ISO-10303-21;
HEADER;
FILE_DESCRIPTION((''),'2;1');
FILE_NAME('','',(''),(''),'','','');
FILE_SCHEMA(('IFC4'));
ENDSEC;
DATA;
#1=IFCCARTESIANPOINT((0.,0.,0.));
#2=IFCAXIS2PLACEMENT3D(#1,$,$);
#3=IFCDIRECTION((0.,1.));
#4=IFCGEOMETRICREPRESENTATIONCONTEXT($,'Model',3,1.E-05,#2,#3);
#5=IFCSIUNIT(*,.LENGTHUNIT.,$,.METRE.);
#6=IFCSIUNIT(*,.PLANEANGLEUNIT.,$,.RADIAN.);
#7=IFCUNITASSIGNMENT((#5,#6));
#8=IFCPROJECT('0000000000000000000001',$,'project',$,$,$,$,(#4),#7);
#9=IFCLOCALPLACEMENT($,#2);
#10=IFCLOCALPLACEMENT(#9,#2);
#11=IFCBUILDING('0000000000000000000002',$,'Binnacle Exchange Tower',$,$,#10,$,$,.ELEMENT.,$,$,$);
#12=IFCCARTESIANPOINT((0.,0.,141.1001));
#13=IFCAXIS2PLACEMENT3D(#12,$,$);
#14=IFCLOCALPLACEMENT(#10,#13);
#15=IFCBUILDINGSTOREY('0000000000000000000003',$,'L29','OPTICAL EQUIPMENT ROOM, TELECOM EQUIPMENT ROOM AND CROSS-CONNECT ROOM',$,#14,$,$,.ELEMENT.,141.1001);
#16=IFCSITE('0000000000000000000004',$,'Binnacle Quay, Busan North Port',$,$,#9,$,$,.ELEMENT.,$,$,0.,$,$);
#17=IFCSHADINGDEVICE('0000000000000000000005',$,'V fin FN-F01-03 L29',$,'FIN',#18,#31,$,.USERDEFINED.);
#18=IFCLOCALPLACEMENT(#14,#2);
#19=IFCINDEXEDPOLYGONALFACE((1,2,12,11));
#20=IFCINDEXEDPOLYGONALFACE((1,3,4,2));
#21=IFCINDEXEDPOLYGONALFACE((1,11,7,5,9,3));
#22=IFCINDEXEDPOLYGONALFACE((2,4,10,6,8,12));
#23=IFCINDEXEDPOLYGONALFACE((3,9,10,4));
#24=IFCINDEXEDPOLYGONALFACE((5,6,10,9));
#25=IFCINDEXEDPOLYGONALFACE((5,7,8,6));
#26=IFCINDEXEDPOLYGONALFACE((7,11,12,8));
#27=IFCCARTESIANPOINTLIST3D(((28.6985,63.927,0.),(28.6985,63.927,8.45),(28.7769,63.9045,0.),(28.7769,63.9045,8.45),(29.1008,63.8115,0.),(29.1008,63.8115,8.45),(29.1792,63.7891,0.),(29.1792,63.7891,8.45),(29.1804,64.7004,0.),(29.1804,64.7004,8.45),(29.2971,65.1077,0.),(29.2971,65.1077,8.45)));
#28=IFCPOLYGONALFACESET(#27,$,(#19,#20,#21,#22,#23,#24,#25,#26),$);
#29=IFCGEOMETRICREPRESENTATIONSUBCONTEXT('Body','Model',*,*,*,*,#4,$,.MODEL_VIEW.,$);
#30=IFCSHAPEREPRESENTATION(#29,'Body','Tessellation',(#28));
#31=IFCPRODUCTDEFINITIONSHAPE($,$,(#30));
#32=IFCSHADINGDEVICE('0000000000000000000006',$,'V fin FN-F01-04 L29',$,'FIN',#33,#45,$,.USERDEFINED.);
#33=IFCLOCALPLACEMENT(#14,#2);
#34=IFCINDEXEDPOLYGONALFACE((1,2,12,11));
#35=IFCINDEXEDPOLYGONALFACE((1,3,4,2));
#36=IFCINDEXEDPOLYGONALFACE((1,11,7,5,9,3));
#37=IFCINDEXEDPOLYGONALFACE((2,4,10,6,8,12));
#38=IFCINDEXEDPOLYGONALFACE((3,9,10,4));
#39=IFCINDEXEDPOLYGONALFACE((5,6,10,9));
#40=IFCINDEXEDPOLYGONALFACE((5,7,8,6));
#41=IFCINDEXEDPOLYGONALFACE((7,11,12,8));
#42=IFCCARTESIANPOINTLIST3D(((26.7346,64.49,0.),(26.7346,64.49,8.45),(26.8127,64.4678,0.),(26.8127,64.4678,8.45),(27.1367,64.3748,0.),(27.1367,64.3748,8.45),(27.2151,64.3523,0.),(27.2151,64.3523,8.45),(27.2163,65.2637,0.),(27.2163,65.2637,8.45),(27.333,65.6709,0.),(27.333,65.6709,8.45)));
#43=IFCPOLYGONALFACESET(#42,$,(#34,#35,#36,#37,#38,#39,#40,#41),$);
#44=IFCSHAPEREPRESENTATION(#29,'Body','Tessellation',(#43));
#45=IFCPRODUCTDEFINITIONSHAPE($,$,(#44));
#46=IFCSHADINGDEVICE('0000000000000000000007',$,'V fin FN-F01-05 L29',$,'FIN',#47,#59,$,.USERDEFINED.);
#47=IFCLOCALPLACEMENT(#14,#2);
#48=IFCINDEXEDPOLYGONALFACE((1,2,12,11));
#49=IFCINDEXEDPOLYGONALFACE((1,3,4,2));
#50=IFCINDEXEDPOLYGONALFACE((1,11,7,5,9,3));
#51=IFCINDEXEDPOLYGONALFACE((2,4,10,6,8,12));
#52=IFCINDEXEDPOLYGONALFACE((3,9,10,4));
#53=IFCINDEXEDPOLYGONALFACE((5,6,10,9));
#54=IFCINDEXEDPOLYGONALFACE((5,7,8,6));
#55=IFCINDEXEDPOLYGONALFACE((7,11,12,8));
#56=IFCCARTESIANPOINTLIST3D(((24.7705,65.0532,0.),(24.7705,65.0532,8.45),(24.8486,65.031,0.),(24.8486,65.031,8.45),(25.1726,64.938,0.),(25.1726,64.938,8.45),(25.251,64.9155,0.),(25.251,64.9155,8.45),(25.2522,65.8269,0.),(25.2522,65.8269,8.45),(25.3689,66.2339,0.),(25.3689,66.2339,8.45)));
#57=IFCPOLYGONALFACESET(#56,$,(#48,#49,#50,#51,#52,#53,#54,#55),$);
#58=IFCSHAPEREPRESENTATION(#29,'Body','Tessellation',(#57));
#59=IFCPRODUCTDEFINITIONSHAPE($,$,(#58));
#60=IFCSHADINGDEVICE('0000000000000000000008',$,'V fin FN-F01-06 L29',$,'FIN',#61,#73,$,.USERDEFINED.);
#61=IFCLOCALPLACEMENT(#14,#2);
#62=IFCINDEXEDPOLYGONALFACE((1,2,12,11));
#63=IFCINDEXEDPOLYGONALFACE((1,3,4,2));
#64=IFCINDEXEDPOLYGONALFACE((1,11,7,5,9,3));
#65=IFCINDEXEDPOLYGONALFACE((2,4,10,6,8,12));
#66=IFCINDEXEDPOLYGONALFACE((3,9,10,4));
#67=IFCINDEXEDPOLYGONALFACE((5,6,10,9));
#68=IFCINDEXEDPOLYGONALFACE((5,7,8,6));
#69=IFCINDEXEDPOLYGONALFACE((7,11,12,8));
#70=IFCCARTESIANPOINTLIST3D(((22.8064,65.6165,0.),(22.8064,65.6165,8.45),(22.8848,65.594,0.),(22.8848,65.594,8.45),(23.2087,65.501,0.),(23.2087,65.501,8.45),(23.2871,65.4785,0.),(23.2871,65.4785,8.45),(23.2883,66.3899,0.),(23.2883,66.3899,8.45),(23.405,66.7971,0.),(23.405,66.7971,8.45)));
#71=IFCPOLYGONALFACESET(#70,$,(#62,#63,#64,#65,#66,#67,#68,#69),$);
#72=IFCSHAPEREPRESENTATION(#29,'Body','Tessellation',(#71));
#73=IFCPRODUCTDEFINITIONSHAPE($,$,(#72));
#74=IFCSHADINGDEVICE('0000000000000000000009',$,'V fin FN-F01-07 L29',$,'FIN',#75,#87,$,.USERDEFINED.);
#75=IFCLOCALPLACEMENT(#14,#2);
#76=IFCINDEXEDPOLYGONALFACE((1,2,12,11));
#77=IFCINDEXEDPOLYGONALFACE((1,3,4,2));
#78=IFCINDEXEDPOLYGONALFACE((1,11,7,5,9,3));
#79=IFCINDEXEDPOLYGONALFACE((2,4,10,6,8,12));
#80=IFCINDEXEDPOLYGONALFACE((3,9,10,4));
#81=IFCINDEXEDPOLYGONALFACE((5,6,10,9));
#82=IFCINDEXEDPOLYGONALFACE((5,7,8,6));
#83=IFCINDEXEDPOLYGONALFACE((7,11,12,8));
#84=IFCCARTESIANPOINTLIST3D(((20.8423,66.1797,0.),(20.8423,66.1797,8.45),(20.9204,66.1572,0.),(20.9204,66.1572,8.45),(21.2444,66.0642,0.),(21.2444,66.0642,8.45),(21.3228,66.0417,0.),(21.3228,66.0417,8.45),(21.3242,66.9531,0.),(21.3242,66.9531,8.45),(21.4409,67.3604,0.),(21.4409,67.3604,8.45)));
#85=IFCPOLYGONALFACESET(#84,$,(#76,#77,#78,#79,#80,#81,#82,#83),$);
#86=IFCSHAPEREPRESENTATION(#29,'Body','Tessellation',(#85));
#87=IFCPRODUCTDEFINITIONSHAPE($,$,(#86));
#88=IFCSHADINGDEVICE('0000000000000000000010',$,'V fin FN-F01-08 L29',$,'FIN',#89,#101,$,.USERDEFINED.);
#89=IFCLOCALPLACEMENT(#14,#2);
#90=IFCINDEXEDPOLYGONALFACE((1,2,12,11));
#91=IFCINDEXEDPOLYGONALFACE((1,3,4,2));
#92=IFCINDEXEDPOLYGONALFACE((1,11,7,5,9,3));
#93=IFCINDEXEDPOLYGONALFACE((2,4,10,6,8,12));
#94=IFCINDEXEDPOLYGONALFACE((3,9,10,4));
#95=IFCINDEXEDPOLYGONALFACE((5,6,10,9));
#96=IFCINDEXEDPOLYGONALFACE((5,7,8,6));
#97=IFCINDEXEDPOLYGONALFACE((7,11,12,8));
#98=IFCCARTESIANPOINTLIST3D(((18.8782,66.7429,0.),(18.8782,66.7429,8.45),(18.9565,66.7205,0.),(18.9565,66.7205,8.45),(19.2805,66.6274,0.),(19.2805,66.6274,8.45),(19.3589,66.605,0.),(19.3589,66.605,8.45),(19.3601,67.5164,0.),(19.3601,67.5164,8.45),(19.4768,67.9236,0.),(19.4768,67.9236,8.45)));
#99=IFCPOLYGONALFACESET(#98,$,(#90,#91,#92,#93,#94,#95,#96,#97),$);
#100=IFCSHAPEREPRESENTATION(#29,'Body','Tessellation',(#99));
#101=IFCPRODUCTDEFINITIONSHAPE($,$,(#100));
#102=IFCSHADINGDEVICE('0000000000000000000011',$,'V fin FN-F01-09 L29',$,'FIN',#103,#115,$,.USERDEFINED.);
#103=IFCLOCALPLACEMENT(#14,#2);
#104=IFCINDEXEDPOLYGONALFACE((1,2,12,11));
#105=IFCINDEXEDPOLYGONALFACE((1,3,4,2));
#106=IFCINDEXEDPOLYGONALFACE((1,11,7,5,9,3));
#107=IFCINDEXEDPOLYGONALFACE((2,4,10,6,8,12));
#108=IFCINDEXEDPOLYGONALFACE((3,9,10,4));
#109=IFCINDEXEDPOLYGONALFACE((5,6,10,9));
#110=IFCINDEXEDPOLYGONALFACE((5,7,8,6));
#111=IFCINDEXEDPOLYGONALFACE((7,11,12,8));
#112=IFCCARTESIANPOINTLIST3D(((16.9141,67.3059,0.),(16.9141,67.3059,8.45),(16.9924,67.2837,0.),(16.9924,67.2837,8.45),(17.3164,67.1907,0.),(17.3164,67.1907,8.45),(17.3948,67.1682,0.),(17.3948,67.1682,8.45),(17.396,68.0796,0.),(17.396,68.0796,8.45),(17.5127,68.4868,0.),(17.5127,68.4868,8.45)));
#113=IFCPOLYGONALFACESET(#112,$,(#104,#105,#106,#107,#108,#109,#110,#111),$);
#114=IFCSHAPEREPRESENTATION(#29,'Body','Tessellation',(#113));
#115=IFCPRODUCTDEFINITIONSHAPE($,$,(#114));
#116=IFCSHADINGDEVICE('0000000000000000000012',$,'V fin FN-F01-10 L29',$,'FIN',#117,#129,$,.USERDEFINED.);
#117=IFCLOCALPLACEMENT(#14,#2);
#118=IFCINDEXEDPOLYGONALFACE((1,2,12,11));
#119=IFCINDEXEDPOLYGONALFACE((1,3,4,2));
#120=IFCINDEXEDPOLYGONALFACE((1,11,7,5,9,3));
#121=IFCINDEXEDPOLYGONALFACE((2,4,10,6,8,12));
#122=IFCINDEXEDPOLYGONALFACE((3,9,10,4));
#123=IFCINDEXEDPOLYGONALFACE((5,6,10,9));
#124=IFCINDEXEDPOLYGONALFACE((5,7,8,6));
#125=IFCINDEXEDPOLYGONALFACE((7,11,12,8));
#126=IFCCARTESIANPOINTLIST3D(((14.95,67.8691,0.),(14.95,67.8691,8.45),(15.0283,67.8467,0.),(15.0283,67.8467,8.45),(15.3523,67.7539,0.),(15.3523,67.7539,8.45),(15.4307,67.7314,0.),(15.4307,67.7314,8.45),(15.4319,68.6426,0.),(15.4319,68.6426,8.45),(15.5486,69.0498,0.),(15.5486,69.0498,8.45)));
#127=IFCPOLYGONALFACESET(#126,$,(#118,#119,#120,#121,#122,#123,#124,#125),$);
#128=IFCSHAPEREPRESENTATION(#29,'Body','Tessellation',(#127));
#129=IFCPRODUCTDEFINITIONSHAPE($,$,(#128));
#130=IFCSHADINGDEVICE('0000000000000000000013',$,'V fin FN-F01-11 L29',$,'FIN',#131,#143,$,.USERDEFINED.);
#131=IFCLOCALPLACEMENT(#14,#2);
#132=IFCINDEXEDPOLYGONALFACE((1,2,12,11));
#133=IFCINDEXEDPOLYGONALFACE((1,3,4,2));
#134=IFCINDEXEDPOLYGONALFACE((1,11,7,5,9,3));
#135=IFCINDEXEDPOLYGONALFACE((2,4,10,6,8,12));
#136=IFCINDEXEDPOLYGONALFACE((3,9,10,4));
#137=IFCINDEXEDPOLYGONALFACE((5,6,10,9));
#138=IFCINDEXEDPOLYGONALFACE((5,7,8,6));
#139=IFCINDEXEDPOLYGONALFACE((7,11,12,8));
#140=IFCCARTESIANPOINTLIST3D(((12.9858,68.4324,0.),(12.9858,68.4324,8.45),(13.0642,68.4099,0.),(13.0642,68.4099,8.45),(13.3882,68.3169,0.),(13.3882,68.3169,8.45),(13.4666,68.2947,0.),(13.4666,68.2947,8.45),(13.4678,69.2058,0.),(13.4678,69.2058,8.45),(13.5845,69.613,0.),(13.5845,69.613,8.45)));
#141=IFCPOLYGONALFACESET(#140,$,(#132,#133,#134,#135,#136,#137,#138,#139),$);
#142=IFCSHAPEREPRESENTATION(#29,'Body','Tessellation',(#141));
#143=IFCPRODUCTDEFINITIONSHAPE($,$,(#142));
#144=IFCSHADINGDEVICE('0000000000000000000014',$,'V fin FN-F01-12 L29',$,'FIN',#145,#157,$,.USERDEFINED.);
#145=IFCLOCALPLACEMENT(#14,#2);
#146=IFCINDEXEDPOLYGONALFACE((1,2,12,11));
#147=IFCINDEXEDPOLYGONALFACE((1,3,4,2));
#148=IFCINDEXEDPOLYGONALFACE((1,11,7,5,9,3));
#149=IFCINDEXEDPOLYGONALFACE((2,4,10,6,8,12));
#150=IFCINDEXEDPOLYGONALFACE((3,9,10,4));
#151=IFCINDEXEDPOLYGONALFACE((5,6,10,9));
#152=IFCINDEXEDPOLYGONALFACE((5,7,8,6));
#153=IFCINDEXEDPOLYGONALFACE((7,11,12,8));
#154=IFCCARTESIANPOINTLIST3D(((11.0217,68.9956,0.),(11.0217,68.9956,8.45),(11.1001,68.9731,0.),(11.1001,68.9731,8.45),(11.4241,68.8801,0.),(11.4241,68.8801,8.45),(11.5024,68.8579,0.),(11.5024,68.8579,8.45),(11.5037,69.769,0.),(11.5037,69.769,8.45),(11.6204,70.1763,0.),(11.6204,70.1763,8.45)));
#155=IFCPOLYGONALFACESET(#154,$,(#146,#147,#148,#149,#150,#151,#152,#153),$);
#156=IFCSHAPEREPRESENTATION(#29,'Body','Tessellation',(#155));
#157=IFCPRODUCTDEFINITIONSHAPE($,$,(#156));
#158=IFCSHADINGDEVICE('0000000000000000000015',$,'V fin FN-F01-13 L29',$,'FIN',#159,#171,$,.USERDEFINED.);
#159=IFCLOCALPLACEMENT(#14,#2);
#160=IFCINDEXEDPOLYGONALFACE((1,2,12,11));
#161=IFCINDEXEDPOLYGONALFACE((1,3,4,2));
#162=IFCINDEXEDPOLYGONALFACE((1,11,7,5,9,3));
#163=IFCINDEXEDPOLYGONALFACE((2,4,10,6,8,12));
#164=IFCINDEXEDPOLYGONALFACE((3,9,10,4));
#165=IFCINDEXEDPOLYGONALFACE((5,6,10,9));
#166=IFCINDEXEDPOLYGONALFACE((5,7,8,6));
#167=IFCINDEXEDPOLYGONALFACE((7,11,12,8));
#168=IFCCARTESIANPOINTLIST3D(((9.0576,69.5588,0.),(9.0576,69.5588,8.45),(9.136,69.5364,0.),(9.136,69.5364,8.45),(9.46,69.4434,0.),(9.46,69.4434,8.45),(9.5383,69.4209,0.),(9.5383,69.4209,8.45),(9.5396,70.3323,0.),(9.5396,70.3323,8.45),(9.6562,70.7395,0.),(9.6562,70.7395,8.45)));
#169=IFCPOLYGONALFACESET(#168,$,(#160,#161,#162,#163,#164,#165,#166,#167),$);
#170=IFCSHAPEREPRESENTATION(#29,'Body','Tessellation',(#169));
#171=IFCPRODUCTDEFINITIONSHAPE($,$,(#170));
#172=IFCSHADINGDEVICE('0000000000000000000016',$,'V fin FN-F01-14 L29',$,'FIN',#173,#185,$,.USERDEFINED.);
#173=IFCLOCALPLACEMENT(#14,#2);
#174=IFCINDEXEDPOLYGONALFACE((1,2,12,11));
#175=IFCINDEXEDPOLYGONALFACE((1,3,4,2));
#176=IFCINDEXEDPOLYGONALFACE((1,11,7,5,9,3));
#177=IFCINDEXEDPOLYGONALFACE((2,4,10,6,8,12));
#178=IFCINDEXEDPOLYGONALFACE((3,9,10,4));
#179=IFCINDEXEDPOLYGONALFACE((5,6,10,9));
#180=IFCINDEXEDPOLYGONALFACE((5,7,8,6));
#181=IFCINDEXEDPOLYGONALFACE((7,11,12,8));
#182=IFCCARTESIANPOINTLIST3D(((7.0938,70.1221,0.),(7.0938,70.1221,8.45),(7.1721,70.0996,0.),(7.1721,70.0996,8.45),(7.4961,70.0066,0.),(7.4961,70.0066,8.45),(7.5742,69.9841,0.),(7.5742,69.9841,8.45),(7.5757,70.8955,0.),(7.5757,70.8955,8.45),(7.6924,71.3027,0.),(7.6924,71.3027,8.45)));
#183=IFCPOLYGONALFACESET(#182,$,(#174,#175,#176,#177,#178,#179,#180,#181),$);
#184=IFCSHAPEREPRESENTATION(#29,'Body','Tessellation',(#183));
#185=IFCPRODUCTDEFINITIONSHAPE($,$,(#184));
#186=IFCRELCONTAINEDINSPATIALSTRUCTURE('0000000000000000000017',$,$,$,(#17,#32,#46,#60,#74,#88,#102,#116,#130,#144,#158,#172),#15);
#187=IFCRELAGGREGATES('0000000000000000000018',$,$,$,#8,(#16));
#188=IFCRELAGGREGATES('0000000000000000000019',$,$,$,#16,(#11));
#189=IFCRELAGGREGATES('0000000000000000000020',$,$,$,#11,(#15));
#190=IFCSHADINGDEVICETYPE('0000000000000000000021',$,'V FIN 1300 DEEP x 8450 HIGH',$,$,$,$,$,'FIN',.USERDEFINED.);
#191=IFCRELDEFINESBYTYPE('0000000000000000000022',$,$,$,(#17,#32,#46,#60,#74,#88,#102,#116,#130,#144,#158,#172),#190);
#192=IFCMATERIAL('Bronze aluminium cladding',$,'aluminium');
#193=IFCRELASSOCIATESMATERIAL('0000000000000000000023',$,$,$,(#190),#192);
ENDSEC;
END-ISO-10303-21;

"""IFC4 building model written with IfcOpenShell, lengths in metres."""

from ifc_helpers import new_model, si_unit, direction, frame, origin, place, context, subcontext, project, spatial, polyline, outline, extrude, material, type_object, element, save


model = new_model("IFC4")

# Units and contexts
model_context = context("Model", 3, precision=1e-05, world=origin(), true_north=direction((0.0, 1.0)))
body_context = subcontext(model_context, "Body", "Model", "MODEL_VIEW")
ifc_project = project(units=[si_unit("LENGTHUNIT", "METRE"), si_unit("PLANEANGLEUNIT", "RADIAN")], contexts=[model_context])

# Site, building, storey
site_placement = place(None, origin())
site = spatial("IfcSite", under=ifc_project, at=site_placement, Name="Binnacle Quay, Busan North Port", CompositionType="ELEMENT", RefElevation=0.0)
building_placement = place(site_placement, origin())
building = spatial("IfcBuilding", under=site, at=building_placement, Name="Binnacle Exchange Tower", CompositionType="ELEMENT")
storey_placement = place(building_placement, frame((0.0, 0.0, 141.1001)))
storey = spatial("IfcBuildingStorey", under=building, at=storey_placement, Name="L29", Description="OPTICAL EQUIPMENT ROOM, TELECOM EQUIPMENT ROOM AND CROSS-CONNECT ROOM", CompositionType="ELEMENT", Elevation=141.1001)

# Shading devices
ifc_material_1 = material(Name="Bronze aluminium cladding", Category="aluminium")
shading_device_type = type_object("IfcShadingDeviceType", Name="V FIN 1300 DEEP x 8450 HIGH", ElementType="FIN", PredefinedType="USERDEFINED", material=ifc_material_1)
shading_device_1_placement = place(storey_placement, origin())
element("IfcShadingDevice", 1, at=shading_device_1_placement, inside=storey, type_object=shading_device_type, Name="V fin FN-F01-03 L29", ObjectType="FIN", PredefinedType="USERDEFINED", context=body_context, shape_type="SweptSolid", body=[
    extrude(outline(polyline([(29.1792, 63.7891), (29.2971, 65.1077), (28.6985, 63.927), (28.7769, 63.9045), (29.1804, 64.7004), (29.1008, 63.8115), (29.1792, 63.7891)])), origin(), (0.0, 0.0, 1.0), 8.45),
])
shading_device_2_placement = place(storey_placement, origin())
element("IfcShadingDevice", 2, at=shading_device_2_placement, inside=storey, type_object=shading_device_type, Name="V fin FN-F01-04 L29", ObjectType="FIN", PredefinedType="USERDEFINED", context=body_context, shape_type="SweptSolid", body=[
    extrude(outline(polyline([(27.2151, 64.3523), (27.333, 65.6709), (26.7346, 64.49), (26.8127, 64.4678), (27.2163, 65.2637), (27.1367, 64.3748), (27.2151, 64.3523)])), origin(), (0.0, 0.0, 1.0), 8.45),
])
shading_device_3_placement = place(storey_placement, origin())
element("IfcShadingDevice", 3, at=shading_device_3_placement, inside=storey, type_object=shading_device_type, Name="V fin FN-F01-05 L29", ObjectType="FIN", PredefinedType="USERDEFINED", context=body_context, shape_type="SweptSolid", body=[
    extrude(outline(polyline([(25.251, 64.9155), (25.3689, 66.2339), (24.7705, 65.0532), (24.8486, 65.031), (25.2522, 65.8269), (25.1726, 64.938), (25.251, 64.9155)])), origin(), (0.0, 0.0, 1.0), 8.45),
])
shading_device_4_placement = place(storey_placement, origin())
element("IfcShadingDevice", 4, at=shading_device_4_placement, inside=storey, type_object=shading_device_type, Name="V fin FN-F01-06 L29", ObjectType="FIN", PredefinedType="USERDEFINED", context=body_context, shape_type="SweptSolid", body=[
    extrude(outline(polyline([(23.2871, 65.4785), (23.405, 66.7971), (22.8064, 65.6165), (22.8848, 65.594), (23.2883, 66.3899), (23.2087, 65.501), (23.2871, 65.4785)])), origin(), (0.0, 0.0, 1.0), 8.45),
])
shading_device_5_placement = place(storey_placement, origin())
element("IfcShadingDevice", 5, at=shading_device_5_placement, inside=storey, type_object=shading_device_type, Name="V fin FN-F01-07 L29", ObjectType="FIN", PredefinedType="USERDEFINED", context=body_context, shape_type="SweptSolid", body=[
    extrude(outline(polyline([(21.3228, 66.0417), (21.4409, 67.3604), (20.8423, 66.1797), (20.9204, 66.1572), (21.3242, 66.9531), (21.2444, 66.0642), (21.3228, 66.0417)])), origin(), (0.0, 0.0, 1.0), 8.45),
])
shading_device_6_placement = place(storey_placement, origin())
element("IfcShadingDevice", 6, at=shading_device_6_placement, inside=storey, type_object=shading_device_type, Name="V fin FN-F01-08 L29", ObjectType="FIN", PredefinedType="USERDEFINED", context=body_context, shape_type="SweptSolid", body=[
    extrude(outline(polyline([(19.3589, 66.605), (19.4768, 67.9236), (18.8782, 66.7429), (18.9565, 66.7205), (19.3601, 67.5164), (19.2805, 66.6274), (19.3589, 66.605)])), origin(), (0.0, 0.0, 1.0), 8.45),
])
shading_device_7_placement = place(storey_placement, origin())
element("IfcShadingDevice", 7, at=shading_device_7_placement, inside=storey, type_object=shading_device_type, Name="V fin FN-F01-09 L29", ObjectType="FIN", PredefinedType="USERDEFINED", context=body_context, shape_type="SweptSolid", body=[
    extrude(outline(polyline([(17.3948, 67.1682), (17.5127, 68.4868), (16.9141, 67.3059), (16.9924, 67.2837), (17.396, 68.0796), (17.3164, 67.1907), (17.3948, 67.1682)])), origin(), (0.0, 0.0, 1.0), 8.45),
])
shading_device_8_placement = place(storey_placement, origin())
element("IfcShadingDevice", 8, at=shading_device_8_placement, inside=storey, type_object=shading_device_type, Name="V fin FN-F01-10 L29", ObjectType="FIN", PredefinedType="USERDEFINED", context=body_context, shape_type="SweptSolid", body=[
    extrude(outline(polyline([(15.4307, 67.7314), (15.5486, 69.0498), (14.95, 67.8691), (15.0283, 67.8467), (15.4319, 68.6426), (15.3523, 67.7539), (15.4307, 67.7314)])), origin(), (0.0, 0.0, 1.0), 8.45),
])
shading_device_9_placement = place(storey_placement, origin())
element("IfcShadingDevice", 9, at=shading_device_9_placement, inside=storey, type_object=shading_device_type, Name="V fin FN-F01-11 L29", ObjectType="FIN", PredefinedType="USERDEFINED", context=body_context, shape_type="SweptSolid", body=[
    extrude(outline(polyline([(13.4666, 68.2947), (13.5845, 69.613), (12.9858, 68.4324), (13.0642, 68.4099), (13.4678, 69.2058), (13.3882, 68.3169), (13.4666, 68.2947)])), origin(), (0.0, 0.0, 1.0), 8.45),
])
shading_device_10_placement = place(storey_placement, origin())
element("IfcShadingDevice", 10, at=shading_device_10_placement, inside=storey, type_object=shading_device_type, Name="V fin FN-F01-12 L29", ObjectType="FIN", PredefinedType="USERDEFINED", context=body_context, shape_type="SweptSolid", body=[
    extrude(outline(polyline([(11.5024, 68.8579), (11.6204, 70.1763), (11.0217, 68.9956), (11.1001, 68.9731), (11.5037, 69.769), (11.4241, 68.8801), (11.5024, 68.8579)])), origin(), (0.0, 0.0, 1.0), 8.45),
])
shading_device_11_placement = place(storey_placement, origin())
element("IfcShadingDevice", 11, at=shading_device_11_placement, inside=storey, type_object=shading_device_type, Name="V fin FN-F01-13 L29", ObjectType="FIN", PredefinedType="USERDEFINED", context=body_context, shape_type="SweptSolid", body=[
    extrude(outline(polyline([(9.5383, 69.4209), (9.6562, 70.7395), (9.0576, 69.5588), (9.136, 69.5364), (9.5396, 70.3323), (9.46, 69.4434), (9.5383, 69.4209)])), origin(), (0.0, 0.0, 1.0), 8.45),
])
shading_device_12_placement = place(storey_placement, origin())
element("IfcShadingDevice", 12, at=shading_device_12_placement, inside=storey, type_object=shading_device_type, Name="V fin FN-F01-14 L29", ObjectType="FIN", PredefinedType="USERDEFINED", context=body_context, shape_type="SweptSolid", body=[
    extrude(outline(polyline([(7.5742, 69.9841), (7.6924, 71.3027), (7.0938, 70.1221), (7.1721, 70.0996), (7.5757, 70.8955), (7.4961, 70.0066), (7.5742, 69.9841)])), origin(), (0.0, 0.0, 1.0), 8.45),
])

save(model, "model.ifc")
